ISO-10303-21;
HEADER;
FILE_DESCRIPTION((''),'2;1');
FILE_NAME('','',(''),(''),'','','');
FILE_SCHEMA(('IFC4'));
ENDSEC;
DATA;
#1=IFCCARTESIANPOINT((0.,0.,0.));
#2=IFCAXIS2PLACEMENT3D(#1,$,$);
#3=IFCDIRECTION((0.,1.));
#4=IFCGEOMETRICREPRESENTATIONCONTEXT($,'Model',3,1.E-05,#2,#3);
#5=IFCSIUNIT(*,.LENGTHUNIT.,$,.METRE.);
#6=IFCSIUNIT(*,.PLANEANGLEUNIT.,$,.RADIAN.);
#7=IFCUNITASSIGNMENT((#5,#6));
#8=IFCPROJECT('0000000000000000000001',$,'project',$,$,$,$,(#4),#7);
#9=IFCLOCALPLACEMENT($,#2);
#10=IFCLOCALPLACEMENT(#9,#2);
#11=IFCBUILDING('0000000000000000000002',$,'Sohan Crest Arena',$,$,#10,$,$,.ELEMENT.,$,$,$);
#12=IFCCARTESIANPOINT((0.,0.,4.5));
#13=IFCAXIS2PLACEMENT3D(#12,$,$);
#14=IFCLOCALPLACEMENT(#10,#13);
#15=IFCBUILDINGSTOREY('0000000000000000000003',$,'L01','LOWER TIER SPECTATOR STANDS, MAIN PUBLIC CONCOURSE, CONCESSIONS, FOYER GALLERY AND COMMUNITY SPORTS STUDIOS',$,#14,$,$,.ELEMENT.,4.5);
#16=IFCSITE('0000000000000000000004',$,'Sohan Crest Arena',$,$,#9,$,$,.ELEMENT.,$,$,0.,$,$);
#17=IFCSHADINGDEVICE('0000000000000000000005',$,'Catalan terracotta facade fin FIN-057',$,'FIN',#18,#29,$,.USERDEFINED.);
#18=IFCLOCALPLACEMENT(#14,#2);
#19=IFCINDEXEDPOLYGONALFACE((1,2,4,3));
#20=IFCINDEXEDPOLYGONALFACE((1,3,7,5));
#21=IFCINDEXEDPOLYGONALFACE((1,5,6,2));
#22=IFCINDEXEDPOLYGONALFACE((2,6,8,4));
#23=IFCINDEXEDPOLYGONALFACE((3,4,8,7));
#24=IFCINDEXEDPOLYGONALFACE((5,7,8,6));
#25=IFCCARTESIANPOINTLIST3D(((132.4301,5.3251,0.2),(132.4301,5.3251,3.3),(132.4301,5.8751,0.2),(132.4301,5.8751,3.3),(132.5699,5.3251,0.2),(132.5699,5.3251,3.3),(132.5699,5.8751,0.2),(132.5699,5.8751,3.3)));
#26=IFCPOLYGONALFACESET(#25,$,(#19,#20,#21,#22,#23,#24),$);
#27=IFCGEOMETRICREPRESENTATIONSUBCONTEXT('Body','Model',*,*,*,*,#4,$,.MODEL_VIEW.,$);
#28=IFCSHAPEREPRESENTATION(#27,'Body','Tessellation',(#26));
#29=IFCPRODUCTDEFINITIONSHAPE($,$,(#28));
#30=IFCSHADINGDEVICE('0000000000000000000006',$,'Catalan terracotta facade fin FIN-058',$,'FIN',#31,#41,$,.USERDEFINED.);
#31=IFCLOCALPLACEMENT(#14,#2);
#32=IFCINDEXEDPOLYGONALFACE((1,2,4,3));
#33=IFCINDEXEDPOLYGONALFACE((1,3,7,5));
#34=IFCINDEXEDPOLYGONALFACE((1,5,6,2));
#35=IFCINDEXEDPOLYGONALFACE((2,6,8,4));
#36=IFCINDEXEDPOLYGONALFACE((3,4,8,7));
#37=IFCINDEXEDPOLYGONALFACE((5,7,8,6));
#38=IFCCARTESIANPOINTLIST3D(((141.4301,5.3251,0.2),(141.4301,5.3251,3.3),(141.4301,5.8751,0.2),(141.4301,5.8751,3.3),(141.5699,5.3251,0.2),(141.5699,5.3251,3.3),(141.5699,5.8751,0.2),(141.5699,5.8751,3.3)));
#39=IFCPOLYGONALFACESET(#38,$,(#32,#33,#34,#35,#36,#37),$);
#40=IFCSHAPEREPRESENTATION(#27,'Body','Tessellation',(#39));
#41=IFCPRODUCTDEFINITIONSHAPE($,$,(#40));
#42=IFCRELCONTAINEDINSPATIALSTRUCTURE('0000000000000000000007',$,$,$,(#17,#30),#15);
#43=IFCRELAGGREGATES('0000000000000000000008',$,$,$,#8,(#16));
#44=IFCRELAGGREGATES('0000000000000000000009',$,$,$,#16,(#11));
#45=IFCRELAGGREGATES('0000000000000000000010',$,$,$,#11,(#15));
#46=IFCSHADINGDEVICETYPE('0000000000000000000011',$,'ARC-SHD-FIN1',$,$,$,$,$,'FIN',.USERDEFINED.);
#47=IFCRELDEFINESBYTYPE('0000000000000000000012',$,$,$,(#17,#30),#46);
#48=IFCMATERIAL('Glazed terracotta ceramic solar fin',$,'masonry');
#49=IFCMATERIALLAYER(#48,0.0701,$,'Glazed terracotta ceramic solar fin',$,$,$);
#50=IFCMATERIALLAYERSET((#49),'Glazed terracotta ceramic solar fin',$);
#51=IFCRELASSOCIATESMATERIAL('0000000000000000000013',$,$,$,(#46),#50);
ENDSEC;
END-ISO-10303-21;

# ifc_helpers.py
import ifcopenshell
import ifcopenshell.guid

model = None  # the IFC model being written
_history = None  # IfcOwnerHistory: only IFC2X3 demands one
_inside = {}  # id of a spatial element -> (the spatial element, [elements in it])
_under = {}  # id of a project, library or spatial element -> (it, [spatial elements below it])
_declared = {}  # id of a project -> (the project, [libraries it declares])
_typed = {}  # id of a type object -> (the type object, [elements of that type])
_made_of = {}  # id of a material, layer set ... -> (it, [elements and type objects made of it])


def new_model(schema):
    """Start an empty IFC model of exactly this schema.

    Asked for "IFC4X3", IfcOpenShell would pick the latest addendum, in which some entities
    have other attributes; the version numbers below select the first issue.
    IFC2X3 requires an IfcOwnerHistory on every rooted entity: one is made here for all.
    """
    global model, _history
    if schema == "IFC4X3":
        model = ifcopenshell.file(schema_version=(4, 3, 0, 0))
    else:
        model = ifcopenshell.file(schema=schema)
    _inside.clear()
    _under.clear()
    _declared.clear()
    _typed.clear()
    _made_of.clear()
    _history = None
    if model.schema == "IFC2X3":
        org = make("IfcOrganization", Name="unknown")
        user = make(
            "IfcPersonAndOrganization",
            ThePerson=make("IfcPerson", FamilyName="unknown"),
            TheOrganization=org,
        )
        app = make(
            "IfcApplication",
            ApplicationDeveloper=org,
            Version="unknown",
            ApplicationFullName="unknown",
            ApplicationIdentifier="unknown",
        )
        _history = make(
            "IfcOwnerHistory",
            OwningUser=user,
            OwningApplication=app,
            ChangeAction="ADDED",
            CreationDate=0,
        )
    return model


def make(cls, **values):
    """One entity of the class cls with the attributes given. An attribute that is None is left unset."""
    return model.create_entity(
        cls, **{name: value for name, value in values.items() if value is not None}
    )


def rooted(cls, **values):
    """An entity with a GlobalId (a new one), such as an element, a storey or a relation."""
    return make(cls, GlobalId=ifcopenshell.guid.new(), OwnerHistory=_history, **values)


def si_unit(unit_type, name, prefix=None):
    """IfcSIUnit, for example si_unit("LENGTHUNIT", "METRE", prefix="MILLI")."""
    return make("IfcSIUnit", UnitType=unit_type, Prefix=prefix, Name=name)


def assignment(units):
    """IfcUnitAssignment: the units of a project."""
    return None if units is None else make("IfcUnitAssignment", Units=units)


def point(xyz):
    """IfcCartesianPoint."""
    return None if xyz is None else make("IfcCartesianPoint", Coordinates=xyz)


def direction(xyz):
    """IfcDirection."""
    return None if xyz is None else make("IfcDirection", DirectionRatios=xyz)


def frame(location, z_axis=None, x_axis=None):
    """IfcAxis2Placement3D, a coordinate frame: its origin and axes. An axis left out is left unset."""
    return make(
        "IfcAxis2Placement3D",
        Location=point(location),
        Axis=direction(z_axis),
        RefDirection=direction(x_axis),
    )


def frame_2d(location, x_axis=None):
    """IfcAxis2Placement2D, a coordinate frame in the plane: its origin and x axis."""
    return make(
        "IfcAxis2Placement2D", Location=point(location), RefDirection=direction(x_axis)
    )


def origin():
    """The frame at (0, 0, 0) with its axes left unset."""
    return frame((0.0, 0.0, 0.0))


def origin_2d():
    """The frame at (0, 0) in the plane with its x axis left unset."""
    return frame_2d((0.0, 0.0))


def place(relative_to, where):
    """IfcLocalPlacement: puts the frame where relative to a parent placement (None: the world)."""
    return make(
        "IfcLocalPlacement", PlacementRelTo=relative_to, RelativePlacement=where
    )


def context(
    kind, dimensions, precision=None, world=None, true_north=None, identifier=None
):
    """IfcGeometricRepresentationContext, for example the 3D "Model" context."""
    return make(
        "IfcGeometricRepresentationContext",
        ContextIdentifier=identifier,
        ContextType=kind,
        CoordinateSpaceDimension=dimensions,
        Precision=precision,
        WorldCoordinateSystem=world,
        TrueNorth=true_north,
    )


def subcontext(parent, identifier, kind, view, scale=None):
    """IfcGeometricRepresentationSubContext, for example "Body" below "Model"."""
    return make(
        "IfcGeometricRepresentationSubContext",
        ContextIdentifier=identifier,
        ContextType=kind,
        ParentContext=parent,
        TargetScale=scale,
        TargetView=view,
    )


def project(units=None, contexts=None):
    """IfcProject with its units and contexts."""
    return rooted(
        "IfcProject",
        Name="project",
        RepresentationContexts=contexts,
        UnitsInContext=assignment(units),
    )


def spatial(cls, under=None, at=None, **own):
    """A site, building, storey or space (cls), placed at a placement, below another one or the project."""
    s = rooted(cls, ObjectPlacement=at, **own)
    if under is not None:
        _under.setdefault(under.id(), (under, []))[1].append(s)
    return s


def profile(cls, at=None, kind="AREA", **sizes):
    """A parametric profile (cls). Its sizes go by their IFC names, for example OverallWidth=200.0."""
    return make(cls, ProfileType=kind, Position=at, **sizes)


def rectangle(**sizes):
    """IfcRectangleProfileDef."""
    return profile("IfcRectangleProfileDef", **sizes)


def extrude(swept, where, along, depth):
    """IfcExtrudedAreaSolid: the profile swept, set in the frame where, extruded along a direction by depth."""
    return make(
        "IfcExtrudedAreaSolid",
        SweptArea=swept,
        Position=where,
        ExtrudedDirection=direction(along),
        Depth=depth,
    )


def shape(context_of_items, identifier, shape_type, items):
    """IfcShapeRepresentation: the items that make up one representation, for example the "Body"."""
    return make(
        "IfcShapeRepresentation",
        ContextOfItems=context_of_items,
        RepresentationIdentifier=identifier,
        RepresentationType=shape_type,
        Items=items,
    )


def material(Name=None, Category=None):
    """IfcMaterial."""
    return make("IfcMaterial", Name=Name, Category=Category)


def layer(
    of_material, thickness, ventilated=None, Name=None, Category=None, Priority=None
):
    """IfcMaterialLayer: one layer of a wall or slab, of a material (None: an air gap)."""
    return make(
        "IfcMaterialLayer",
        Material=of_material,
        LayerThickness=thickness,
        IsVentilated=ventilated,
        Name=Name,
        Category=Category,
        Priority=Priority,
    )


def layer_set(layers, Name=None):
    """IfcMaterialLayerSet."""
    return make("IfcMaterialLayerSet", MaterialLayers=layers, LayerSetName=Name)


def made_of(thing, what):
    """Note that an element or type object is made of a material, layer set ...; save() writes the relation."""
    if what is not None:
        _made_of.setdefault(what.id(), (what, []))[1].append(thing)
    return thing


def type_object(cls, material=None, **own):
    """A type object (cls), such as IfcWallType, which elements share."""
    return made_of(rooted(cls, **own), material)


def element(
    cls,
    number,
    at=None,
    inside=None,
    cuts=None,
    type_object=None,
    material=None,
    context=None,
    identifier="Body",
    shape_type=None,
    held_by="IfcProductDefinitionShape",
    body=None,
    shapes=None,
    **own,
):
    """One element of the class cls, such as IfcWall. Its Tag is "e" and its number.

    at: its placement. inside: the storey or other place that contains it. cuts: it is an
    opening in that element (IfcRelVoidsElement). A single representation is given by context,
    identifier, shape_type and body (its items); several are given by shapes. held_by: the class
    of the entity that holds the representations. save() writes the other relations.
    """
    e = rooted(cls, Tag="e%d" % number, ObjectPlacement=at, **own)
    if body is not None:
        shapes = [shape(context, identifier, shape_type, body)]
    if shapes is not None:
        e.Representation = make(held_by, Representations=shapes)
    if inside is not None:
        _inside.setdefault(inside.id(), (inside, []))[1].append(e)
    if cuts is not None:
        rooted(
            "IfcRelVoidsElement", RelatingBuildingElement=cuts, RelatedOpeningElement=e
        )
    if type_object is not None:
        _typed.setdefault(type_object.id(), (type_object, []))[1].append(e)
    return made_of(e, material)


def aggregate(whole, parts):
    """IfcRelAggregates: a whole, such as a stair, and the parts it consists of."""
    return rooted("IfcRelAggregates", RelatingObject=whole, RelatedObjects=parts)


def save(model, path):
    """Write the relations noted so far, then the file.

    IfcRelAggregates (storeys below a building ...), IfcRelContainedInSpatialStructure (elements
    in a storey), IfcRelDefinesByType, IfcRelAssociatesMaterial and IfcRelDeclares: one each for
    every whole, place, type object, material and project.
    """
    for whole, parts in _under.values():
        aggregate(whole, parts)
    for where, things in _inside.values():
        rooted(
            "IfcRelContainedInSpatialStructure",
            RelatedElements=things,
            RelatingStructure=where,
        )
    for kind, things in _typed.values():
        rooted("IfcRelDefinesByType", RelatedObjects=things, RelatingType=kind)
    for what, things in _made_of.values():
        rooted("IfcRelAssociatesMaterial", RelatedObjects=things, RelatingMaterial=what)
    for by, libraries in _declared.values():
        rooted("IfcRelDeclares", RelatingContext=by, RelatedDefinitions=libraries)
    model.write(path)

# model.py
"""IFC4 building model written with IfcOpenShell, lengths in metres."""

from ifc_helpers import new_model, si_unit, direction, frame, origin, origin_2d, place, context, subcontext, project, spatial, rectangle, extrude, material, layer, layer_set, type_object, element, save


model = new_model("IFC4")

# Units and contexts
model_context = context("Model", 3, precision=1e-05, world=origin(), true_north=direction((0.0, 1.0)))
body_context = subcontext(model_context, "Body", "Model", "MODEL_VIEW")
ifc_project = project(units=[si_unit("LENGTHUNIT", "METRE"), si_unit("PLANEANGLEUNIT", "RADIAN")], contexts=[model_context])

# Site, building, storey
site_placement = place(None, origin())
site = spatial("IfcSite", under=ifc_project, at=site_placement, Name="Sohan Crest Arena", CompositionType="ELEMENT", RefElevation=0.0)
building_placement = place(site_placement, origin())
building = spatial("IfcBuilding", under=site, at=building_placement, Name="Sohan Crest Arena", CompositionType="ELEMENT")
storey_placement = place(building_placement, frame((0.0, 0.0, 4.5)))
storey = spatial("IfcBuildingStorey", under=building, at=storey_placement, Name="L01", Description="LOWER TIER SPECTATOR STANDS, MAIN PUBLIC CONCOURSE, CONCESSIONS, FOYER GALLERY AND COMMUNITY SPORTS STUDIOS", CompositionType="ELEMENT", Elevation=4.5)

# Shading devices
ifc_material_1 = material(Name="Glazed terracotta ceramic solar fin", Category="masonry")
ifc_layer_1 = layer(ifc_material_1, 0.0701, Name="Glazed terracotta ceramic solar fin")
ifc_layer_set_1 = layer_set([ifc_layer_1], Name="Glazed terracotta ceramic solar fin")
shading_device_type = type_object("IfcShadingDeviceType", Name="ARC-SHD-FIN1", ElementType="FIN", PredefinedType="USERDEFINED", material=ifc_layer_set_1)
for number, where, z_axis, x_axis, name in (
    (1, (132.5, 5.6001, 0.2), (0.0, 0.0, 1.0), (1.0, 0.0, 0.0), "Catalan terracotta facade fin FIN-057"),
    (2, (141.5, 5.6001, 0.2), (0.0, 0.0, 1.0), (1.0, 0.0, 0.0), "Catalan terracotta facade fin FIN-058"),
):
    element("IfcShadingDevice", number, at=place(storey_placement, frame(where, z_axis=z_axis, x_axis=x_axis)), inside=storey, type_object=shading_device_type, Name=name, ObjectType="FIN", PredefinedType="USERDEFINED", context=body_context, shape_type="SweptSolid", body=[
        extrude(rectangle(XDim=0.1399, YDim=0.55, at=origin_2d()), origin(), (0.0, 0.0, 1.0), 3.1001),
    ])

save(model, "model.ifc")
